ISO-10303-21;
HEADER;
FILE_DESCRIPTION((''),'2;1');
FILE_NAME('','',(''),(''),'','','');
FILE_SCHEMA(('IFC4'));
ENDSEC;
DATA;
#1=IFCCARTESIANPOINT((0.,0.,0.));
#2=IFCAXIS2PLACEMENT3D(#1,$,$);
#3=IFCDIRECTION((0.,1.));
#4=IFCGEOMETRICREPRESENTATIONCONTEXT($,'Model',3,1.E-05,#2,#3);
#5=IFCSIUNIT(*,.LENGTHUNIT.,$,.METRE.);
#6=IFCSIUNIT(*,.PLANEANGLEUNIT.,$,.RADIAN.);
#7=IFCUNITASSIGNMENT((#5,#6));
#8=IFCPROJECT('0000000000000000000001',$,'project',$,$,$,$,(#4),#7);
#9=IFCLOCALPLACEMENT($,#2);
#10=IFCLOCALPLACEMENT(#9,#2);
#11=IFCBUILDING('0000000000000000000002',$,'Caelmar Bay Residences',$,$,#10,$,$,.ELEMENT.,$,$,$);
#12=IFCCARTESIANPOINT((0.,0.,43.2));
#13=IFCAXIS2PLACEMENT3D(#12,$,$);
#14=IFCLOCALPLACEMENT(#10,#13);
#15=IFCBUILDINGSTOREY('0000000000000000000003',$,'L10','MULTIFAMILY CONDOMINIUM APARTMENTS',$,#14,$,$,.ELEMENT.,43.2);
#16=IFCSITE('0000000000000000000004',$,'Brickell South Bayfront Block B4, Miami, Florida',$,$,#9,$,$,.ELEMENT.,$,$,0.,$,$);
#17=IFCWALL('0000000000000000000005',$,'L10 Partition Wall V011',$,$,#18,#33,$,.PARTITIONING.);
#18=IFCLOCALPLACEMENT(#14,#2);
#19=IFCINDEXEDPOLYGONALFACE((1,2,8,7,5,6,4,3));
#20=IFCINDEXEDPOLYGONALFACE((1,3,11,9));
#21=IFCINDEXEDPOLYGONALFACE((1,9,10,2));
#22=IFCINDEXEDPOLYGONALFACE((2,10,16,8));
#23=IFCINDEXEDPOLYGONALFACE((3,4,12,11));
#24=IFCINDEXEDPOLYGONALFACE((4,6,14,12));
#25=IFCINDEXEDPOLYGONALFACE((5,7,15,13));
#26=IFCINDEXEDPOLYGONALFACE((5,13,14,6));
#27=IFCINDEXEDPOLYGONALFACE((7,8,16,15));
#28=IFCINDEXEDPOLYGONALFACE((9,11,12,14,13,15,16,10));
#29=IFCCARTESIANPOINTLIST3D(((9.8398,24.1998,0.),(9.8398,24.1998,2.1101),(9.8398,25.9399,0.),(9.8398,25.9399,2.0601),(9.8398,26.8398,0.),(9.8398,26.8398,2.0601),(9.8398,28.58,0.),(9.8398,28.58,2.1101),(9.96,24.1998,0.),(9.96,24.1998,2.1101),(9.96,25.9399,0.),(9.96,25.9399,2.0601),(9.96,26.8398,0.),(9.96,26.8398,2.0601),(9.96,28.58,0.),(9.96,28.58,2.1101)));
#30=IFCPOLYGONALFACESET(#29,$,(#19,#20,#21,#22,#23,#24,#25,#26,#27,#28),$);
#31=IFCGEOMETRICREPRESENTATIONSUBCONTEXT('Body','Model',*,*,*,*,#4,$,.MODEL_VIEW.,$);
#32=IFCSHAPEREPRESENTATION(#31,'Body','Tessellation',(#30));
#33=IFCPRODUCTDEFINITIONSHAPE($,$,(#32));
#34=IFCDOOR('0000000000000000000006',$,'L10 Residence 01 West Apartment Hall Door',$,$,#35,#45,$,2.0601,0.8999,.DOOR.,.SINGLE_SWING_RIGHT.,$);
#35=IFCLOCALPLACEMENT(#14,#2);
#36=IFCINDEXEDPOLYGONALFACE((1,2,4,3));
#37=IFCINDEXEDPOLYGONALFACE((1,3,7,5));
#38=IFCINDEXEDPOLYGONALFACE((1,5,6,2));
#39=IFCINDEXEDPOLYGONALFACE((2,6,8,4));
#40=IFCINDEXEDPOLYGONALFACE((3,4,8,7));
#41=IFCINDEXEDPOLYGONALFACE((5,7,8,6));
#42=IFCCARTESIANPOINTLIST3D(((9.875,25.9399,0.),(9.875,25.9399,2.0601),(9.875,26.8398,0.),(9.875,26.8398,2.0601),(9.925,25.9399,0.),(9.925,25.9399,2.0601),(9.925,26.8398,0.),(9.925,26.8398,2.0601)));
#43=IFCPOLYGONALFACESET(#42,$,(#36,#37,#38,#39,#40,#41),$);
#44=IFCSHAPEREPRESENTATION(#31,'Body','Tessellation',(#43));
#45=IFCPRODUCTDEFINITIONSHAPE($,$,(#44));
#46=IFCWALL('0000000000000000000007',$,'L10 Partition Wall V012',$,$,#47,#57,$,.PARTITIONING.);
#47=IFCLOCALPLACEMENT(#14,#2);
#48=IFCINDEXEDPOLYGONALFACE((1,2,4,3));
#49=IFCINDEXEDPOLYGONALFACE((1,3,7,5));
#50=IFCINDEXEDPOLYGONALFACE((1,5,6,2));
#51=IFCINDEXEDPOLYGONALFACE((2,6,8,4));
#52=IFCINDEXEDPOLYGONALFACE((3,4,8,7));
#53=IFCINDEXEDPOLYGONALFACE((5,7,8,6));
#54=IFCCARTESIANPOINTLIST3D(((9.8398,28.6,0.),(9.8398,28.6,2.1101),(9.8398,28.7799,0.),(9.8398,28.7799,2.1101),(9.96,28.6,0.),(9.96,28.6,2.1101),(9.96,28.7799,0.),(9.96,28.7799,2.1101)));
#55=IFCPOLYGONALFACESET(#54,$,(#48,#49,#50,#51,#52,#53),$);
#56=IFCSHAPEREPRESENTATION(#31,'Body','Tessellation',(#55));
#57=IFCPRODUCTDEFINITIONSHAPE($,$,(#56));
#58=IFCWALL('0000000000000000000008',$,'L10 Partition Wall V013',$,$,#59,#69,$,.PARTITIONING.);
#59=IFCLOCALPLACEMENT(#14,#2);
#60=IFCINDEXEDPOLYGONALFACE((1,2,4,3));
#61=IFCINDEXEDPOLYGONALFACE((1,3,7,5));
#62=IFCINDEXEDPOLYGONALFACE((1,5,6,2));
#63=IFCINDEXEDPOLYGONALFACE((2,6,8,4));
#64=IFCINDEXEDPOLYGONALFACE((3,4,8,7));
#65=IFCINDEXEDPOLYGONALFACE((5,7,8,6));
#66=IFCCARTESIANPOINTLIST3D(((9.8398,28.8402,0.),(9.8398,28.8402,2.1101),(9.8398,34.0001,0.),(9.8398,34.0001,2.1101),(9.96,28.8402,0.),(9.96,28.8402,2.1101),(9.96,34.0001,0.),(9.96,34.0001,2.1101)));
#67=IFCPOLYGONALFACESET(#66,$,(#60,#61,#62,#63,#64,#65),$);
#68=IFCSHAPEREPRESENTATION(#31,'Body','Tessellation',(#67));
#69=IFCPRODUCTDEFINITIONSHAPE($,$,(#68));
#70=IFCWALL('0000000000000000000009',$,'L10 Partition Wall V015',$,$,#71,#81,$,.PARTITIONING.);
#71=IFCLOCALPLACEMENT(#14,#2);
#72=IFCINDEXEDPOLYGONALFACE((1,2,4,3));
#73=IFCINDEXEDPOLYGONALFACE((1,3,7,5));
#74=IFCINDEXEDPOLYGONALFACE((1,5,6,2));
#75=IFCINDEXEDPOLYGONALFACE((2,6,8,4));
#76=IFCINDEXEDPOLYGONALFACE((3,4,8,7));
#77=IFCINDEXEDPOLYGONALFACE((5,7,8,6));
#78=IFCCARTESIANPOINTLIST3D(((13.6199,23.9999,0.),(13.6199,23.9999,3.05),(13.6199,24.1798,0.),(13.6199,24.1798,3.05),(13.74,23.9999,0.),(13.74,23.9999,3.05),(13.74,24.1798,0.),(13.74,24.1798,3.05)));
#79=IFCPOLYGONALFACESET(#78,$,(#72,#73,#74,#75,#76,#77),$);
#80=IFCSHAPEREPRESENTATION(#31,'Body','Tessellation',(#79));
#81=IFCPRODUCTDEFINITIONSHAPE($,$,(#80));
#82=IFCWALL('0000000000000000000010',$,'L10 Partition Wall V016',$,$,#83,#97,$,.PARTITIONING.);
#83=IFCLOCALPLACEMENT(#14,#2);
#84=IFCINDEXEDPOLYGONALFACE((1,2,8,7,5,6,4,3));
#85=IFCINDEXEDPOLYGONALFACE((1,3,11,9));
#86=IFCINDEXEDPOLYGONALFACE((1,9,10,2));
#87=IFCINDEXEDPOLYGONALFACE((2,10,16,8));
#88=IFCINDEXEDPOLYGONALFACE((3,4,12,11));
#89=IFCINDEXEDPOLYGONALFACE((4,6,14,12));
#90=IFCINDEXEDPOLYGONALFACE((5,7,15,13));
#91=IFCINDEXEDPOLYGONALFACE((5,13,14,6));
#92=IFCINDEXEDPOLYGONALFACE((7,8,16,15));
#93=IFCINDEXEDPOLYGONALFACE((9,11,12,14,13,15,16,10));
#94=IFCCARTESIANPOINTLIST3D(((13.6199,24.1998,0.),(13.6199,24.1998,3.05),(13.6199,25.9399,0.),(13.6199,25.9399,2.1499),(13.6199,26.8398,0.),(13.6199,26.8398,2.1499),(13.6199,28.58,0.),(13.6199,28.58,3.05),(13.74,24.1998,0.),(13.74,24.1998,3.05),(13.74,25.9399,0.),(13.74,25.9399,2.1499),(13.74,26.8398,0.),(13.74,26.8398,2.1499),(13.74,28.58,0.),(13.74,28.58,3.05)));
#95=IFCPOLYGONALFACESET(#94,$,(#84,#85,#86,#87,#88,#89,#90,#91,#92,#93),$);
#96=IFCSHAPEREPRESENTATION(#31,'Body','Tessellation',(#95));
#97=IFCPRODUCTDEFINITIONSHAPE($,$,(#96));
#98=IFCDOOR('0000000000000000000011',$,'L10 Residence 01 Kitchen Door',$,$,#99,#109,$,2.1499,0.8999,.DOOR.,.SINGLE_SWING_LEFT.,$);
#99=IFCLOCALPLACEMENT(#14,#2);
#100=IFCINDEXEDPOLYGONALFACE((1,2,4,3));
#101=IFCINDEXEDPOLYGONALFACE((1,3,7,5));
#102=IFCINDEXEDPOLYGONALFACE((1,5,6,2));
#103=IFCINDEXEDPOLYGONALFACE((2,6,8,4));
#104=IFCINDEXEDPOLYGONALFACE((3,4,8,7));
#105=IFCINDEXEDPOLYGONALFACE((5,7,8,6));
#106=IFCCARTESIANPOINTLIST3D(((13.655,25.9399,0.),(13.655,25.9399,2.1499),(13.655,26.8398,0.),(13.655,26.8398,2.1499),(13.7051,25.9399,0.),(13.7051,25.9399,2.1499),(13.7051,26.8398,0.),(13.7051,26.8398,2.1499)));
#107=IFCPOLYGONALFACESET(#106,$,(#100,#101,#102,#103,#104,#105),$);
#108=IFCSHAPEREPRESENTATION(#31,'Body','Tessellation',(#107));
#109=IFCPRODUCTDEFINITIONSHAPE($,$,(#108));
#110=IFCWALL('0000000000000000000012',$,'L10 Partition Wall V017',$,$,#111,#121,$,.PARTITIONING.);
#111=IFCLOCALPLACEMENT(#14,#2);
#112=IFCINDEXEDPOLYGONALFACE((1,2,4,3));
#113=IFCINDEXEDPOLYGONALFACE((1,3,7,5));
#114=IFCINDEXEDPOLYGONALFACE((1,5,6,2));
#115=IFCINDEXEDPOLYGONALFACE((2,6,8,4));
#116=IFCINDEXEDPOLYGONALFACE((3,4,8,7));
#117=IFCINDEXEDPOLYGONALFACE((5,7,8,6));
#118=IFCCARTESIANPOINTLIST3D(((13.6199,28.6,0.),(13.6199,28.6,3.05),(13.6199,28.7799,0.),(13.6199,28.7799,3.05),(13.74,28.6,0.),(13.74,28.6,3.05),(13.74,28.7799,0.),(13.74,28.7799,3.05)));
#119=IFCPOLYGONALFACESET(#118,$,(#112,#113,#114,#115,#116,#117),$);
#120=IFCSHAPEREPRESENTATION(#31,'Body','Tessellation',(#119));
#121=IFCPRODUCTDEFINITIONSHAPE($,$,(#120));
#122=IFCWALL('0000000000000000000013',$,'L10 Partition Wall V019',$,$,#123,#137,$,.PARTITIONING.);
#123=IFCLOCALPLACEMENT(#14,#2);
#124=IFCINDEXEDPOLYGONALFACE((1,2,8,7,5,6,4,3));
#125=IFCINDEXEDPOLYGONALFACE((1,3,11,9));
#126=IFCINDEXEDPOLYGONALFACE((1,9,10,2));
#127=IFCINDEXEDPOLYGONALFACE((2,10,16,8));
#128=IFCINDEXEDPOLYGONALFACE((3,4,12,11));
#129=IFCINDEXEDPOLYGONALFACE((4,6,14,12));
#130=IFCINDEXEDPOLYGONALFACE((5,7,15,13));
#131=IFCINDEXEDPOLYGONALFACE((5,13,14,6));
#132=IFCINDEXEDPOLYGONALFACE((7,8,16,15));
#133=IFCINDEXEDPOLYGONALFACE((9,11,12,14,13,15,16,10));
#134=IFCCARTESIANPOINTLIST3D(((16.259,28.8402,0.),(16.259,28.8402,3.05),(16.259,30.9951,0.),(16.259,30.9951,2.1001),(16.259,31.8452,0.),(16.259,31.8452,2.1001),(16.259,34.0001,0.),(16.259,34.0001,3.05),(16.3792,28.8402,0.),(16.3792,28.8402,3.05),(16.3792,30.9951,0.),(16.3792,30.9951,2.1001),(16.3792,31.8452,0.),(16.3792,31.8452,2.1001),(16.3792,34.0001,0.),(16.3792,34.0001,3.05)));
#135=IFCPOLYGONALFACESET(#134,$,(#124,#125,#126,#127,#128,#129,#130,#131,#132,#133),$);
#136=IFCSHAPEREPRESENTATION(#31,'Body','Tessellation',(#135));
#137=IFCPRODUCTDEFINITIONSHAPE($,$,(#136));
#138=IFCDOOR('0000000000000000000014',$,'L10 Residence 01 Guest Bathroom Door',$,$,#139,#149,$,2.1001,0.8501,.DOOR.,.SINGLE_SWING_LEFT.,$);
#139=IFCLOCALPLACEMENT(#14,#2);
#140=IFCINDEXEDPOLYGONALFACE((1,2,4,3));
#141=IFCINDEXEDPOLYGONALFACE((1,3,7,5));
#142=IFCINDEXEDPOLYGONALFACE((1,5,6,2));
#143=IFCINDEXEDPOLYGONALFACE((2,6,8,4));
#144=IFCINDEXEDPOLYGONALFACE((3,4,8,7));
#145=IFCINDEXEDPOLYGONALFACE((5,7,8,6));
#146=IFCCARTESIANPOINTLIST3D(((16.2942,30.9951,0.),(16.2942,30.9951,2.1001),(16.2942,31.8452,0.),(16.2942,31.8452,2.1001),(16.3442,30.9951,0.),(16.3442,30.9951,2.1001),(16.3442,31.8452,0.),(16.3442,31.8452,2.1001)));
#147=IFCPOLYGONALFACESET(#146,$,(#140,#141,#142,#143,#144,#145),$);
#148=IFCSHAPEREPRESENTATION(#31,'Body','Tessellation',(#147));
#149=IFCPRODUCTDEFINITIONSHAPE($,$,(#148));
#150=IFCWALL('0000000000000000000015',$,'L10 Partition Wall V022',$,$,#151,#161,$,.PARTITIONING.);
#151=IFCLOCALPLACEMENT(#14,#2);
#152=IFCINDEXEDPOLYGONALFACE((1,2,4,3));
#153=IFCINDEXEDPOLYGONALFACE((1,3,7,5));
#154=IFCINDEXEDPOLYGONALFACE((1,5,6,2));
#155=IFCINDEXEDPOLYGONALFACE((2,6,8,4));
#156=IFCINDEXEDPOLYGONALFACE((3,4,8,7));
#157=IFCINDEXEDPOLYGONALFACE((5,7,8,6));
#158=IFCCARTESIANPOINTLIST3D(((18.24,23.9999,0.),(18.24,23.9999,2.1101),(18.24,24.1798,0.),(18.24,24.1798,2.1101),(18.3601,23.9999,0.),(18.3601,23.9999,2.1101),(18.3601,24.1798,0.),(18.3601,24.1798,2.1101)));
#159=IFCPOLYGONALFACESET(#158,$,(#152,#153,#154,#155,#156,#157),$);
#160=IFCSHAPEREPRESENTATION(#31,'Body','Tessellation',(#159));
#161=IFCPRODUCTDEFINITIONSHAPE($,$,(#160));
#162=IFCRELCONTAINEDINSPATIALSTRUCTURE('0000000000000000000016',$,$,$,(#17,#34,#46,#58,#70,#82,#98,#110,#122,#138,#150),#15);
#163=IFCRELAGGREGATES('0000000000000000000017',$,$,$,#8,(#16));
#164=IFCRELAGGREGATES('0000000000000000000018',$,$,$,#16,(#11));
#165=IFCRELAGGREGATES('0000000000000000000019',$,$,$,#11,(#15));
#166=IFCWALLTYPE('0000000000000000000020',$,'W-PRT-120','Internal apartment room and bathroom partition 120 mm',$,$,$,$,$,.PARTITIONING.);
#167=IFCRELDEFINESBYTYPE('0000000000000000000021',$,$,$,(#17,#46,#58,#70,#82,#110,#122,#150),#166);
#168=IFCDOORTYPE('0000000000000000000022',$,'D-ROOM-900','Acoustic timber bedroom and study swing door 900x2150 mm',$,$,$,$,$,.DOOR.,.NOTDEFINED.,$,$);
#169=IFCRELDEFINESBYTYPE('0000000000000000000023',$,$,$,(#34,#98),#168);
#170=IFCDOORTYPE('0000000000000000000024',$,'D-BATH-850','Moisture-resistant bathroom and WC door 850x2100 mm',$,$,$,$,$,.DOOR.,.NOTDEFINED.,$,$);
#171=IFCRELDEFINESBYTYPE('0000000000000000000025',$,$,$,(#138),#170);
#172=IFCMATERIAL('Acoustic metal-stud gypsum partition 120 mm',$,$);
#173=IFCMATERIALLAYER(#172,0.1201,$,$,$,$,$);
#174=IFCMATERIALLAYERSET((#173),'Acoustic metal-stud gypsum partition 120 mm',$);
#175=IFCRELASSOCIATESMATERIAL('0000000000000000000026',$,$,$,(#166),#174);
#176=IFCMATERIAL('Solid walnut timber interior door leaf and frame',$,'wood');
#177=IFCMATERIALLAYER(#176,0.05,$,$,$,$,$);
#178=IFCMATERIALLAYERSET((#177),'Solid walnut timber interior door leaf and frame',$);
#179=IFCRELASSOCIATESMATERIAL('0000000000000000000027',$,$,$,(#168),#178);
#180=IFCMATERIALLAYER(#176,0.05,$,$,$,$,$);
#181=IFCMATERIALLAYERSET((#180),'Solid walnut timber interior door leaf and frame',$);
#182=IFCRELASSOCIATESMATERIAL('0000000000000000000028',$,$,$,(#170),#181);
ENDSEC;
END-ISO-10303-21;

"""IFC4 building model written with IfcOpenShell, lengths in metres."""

from ifc_helpers import new_model, si_unit, direction, frame, frame_2d, origin, place, context, subcontext, project, spatial, rectangle, extrude, material, layer, layer_set, type_object, element, fill, save


model = new_model("IFC4")

# Units and contexts
model_context = context("Model", 3, precision=1e-05, world=origin(), true_north=direction((0.0, 1.0)))
body_context = subcontext(model_context, "Body", "Model", "MODEL_VIEW")
ifc_project = project(units=[si_unit("LENGTHUNIT", "METRE"), si_unit("PLANEANGLEUNIT", "RADIAN")], contexts=[model_context])

# Site, building, storey
site_placement = place(None, origin())
site = spatial("IfcSite", under=ifc_project, at=site_placement, Name="Brickell South Bayfront Block B4, Miami, Florida", CompositionType="ELEMENT", RefElevation=0.0)
building_placement = place(site_placement, origin())
building = spatial("IfcBuilding", under=site, at=building_placement, Name="Caelmar Bay Residences", CompositionType="ELEMENT")
storey_placement = place(building_placement, frame((0.0, 0.0, 43.2)))
storey = spatial("IfcBuildingStorey", under=building, at=storey_placement, Name="L10", Description="MULTIFAMILY CONDOMINIUM APARTMENTS", CompositionType="ELEMENT", Elevation=43.2)

# Wall, opening, door
ifc_material_1 = material(Name="Acoustic metal-stud gypsum partition 120 mm")
ifc_layer_1 = layer(ifc_material_1, 0.1201)
ifc_layer_set_1 = layer_set([ifc_layer_1], Name="Acoustic metal-stud gypsum partition 120 mm")
wall_type = type_object("IfcWallType", Name="W-PRT-120", Description="Internal apartment room and bathroom partition 120 mm", PredefinedType="PARTITIONING", material=ifc_layer_set_1)
wall_1_placement = place(storey_placement, frame((9.8999, 24.2, 0.0), z_axis=(0.0, 0.0, 1.0), x_axis=(0.0, 1.0, 0.0)))
wall_1 = element("IfcWall", 1, at=wall_1_placement, inside=storey, type_object=wall_type, Name="L10 Partition Wall V011", PredefinedType="PARTITIONING", context=body_context, shape_type="SweptSolid", body=[
    extrude(rectangle(XDim=4.3801, YDim=0.1201, at=frame_2d((2.1899, 0.0))), origin(), (0.0, 0.0, 1.0), 2.1101),
])
opening_1_placement = place(wall_1_placement, frame((1.74, 0.0, 0.0)))
opening_1 = element("IfcOpeningElement", 2, at=opening_1_placement, cuts=wall_1, PredefinedType="OPENING", context=body_context, shape_type="SweptSolid", body=[
    extrude(rectangle(XDim=0.8999, YDim=2.0601, at=frame_2d((0.45, 1.03))), frame((0.0, 0.0701, 0.0), z_axis=(0.0, -1.0, 0.0), x_axis=(1.0, 0.0, 0.0)), (0.0, 0.0, 1.0), 0.1401),
])
ifc_material_2 = material(Name="Solid walnut timber interior door leaf and frame", Category="wood")
ifc_layer_2 = layer(ifc_material_2, 0.05)
ifc_layer_set_2 = layer_set([ifc_layer_2], Name="Solid walnut timber interior door leaf and frame")
door_type_1 = type_object("IfcDoorType", Name="D-ROOM-900", Description="Acoustic timber bedroom and study swing door 900x2150 mm", OperationType="NOTDEFINED", PredefinedType="DOOR", material=ifc_layer_set_2)
door_1_placement = place(opening_1_placement, origin())
door_1 = element("IfcDoor", 3, at=door_1_placement, inside=storey, type_object=door_type_1, Name="L10 Residence 01 West Apartment Hall Door", OperationType="SINGLE_SWING_RIGHT", OverallHeight=2.0601, OverallWidth=0.8999, PredefinedType="DOOR", context=body_context, shape_type="SweptSolid", body=[
    extrude(rectangle(XDim=0.8999, YDim=2.0601, at=frame_2d((0.45, 1.03))), frame((0.0, 0.0249, 0.0), z_axis=(0.0, -1.0, 0.0), x_axis=(1.0, 0.0, 0.0)), (0.0, 0.0, 1.0), 0.05),
])
fill(opening_1, door_1)

# Walls
wall_2_placement = place(storey_placement, frame((9.8999, 28.6001, 0.0), z_axis=(0.0, 0.0, 1.0), x_axis=(0.0, 1.0, 0.0)))
element("IfcWall", 4, at=wall_2_placement, inside=storey, type_object=wall_type, Name="L10 Partition Wall V012", PredefinedType="PARTITIONING", context=body_context, shape_type="SweptSolid", body=[
    extrude(rectangle(XDim=0.1799, YDim=0.1201, at=frame_2d((0.0898, 0.0))), origin(), (0.0, 0.0, 1.0), 2.1101),
])
wall_3_placement = place(storey_placement, frame((9.8999, 28.8401, 0.0), z_axis=(0.0, 0.0, 1.0), x_axis=(0.0, 1.0, 0.0)))
element("IfcWall", 5, at=wall_3_placement, inside=storey, type_object=wall_type, Name="L10 Partition Wall V013", PredefinedType="PARTITIONING", context=body_context, shape_type="SweptSolid", body=[
    extrude(rectangle(XDim=5.1599, YDim=0.1201, at=frame_2d((2.5801, 0.0))), origin(), (0.0, 0.0, 1.0), 2.1101),
])
wall_4_placement = place(storey_placement, frame((13.6799, 24.0, 0.0), z_axis=(0.0, 0.0, 1.0), x_axis=(0.0, 1.0, 0.0)))
element("IfcWall", 6, at=wall_4_placement, inside=storey, type_object=wall_type, Name="L10 Partition Wall V015", PredefinedType="PARTITIONING", context=body_context, shape_type="SweptSolid", body=[
    extrude(rectangle(XDim=0.1799, YDim=0.1201, at=frame_2d((0.0898, 0.0))), origin(), (0.0, 0.0, 1.0), 3.05),
])

# Wall, opening, door
wall_5_placement = place(storey_placement, frame((13.6799, 24.2, 0.0), z_axis=(0.0, 0.0, 1.0), x_axis=(0.0, 1.0, 0.0)))
wall_5 = element("IfcWall", 7, at=wall_5_placement, inside=storey, type_object=wall_type, Name="L10 Partition Wall V016", PredefinedType="PARTITIONING", context=body_context, shape_type="SweptSolid", body=[
    extrude(rectangle(XDim=4.3801, YDim=0.1201, at=frame_2d((2.1899, 0.0))), origin(), (0.0, 0.0, 1.0), 3.05),
])
opening_2_placement = place(wall_5_placement, frame((1.74, 0.0, 0.0)))
opening_2 = element("IfcOpeningElement", 8, at=opening_2_placement, cuts=wall_5, PredefinedType="OPENING", context=body_context, shape_type="SweptSolid", body=[
    extrude(rectangle(XDim=0.8999, YDim=2.1499, at=frame_2d((0.45, 1.075))), frame((0.0, 0.0701, 0.0), z_axis=(0.0, -1.0, 0.0), x_axis=(1.0, 0.0, 0.0)), (0.0, 0.0, 1.0), 0.1401),
])
door_2_placement = place(opening_2_placement, origin())
door_2 = element("IfcDoor", 9, at=door_2_placement, inside=storey, type_object=door_type_1, Name="L10 Residence 01 Kitchen Door", OperationType="SINGLE_SWING_LEFT", OverallHeight=2.1499, OverallWidth=0.8999, PredefinedType="DOOR", context=body_context, shape_type="SweptSolid", body=[
    extrude(rectangle(XDim=0.8999, YDim=2.1499, at=frame_2d((0.45, 1.075))), frame((0.0, 0.0249, 0.0), z_axis=(0.0, -1.0, 0.0), x_axis=(1.0, 0.0, 0.0)), (0.0, 0.0, 1.0), 0.05),
])
fill(opening_2, door_2)

# Wall
wall_6_placement = place(storey_placement, frame((13.6799, 28.6001, 0.0), z_axis=(0.0, 0.0, 1.0), x_axis=(0.0, 1.0, 0.0)))
element("IfcWall", 10, at=wall_6_placement, inside=storey, type_object=wall_type, Name="L10 Partition Wall V017", PredefinedType="PARTITIONING", context=body_context, shape_type="SweptSolid", body=[
    extrude(rectangle(XDim=0.1799, YDim=0.1201, at=frame_2d((0.0898, 0.0))), origin(), (0.0, 0.0, 1.0), 3.05),
])

# Wall, opening, door
wall_7_placement = place(storey_placement, frame((16.3191, 28.8401, 0.0), z_axis=(0.0, 0.0, 1.0), x_axis=(0.0, 1.0, 0.0)))
wall_7 = element("IfcWall", 11, at=wall_7_placement, inside=storey, type_object=wall_type, Name="L10 Partition Wall V019", PredefinedType="PARTITIONING", context=body_context, shape_type="SweptSolid", body=[
    extrude(rectangle(XDim=5.1599, YDim=0.1201, at=frame_2d((2.5801, 0.0))), origin(), (0.0, 0.0, 1.0), 3.05),
])
opening_3_placement = place(wall_7_placement, frame((2.155, 0.0, 0.0)))
opening_3 = element("IfcOpeningElement", 12, at=opening_3_placement, cuts=wall_7, PredefinedType="OPENING", context=body_context, shape_type="SweptSolid", body=[
    extrude(rectangle(XDim=0.8501, YDim=2.1001, at=frame_2d((0.425, 1.05))), frame((0.0, 0.0701, 0.0), z_axis=(0.0, -1.0, 0.0), x_axis=(1.0, 0.0, 0.0)), (0.0, 0.0, 1.0), 0.1401),
])
ifc_layer_3 = layer(ifc_material_2, 0.05)
ifc_layer_set_3 = layer_set([ifc_layer_3], Name="Solid walnut timber interior door leaf and frame")
door_type_2 = type_object("IfcDoorType", Name="D-BATH-850", Description="Moisture-resistant bathroom and WC door 850x2100 mm", OperationType="NOTDEFINED", PredefinedType="DOOR", material=ifc_layer_set_3)
door_3_placement = place(opening_3_placement, origin())
door_3 = element("IfcDoor", 13, at=door_3_placement, inside=storey, type_object=door_type_2, Name="L10 Residence 01 Guest Bathroom Door", OperationType="SINGLE_SWING_LEFT", OverallHeight=2.1001, OverallWidth=0.8501, PredefinedType="DOOR", context=body_context, shape_type="SweptSolid", body=[
    extrude(rectangle(XDim=0.8501, YDim=2.1001, at=frame_2d((0.425, 1.05))), frame((0.0, 0.0249, 0.0), z_axis=(0.0, -1.0, 0.0), x_axis=(1.0, 0.0, 0.0)), (0.0, 0.0, 1.0), 0.05),
])
fill(opening_3, door_3)

# Wall
wall_8_placement = place(storey_placement, frame((18.3, 24.0, 0.0), z_axis=(0.0, 0.0, 1.0), x_axis=(0.0, 1.0, 0.0)))
element("IfcWall", 14, at=wall_8_placement, inside=storey, type_object=wall_type, Name="L10 Partition Wall V022", PredefinedType="PARTITIONING", context=body_context, shape_type="SweptSolid", body=[
    extrude(rectangle(XDim=0.1799, YDim=0.1201, at=frame_2d((0.0898, 0.0))), origin(), (0.0, 0.0, 1.0), 2.1101),
])

save(model, "model.ifc")
